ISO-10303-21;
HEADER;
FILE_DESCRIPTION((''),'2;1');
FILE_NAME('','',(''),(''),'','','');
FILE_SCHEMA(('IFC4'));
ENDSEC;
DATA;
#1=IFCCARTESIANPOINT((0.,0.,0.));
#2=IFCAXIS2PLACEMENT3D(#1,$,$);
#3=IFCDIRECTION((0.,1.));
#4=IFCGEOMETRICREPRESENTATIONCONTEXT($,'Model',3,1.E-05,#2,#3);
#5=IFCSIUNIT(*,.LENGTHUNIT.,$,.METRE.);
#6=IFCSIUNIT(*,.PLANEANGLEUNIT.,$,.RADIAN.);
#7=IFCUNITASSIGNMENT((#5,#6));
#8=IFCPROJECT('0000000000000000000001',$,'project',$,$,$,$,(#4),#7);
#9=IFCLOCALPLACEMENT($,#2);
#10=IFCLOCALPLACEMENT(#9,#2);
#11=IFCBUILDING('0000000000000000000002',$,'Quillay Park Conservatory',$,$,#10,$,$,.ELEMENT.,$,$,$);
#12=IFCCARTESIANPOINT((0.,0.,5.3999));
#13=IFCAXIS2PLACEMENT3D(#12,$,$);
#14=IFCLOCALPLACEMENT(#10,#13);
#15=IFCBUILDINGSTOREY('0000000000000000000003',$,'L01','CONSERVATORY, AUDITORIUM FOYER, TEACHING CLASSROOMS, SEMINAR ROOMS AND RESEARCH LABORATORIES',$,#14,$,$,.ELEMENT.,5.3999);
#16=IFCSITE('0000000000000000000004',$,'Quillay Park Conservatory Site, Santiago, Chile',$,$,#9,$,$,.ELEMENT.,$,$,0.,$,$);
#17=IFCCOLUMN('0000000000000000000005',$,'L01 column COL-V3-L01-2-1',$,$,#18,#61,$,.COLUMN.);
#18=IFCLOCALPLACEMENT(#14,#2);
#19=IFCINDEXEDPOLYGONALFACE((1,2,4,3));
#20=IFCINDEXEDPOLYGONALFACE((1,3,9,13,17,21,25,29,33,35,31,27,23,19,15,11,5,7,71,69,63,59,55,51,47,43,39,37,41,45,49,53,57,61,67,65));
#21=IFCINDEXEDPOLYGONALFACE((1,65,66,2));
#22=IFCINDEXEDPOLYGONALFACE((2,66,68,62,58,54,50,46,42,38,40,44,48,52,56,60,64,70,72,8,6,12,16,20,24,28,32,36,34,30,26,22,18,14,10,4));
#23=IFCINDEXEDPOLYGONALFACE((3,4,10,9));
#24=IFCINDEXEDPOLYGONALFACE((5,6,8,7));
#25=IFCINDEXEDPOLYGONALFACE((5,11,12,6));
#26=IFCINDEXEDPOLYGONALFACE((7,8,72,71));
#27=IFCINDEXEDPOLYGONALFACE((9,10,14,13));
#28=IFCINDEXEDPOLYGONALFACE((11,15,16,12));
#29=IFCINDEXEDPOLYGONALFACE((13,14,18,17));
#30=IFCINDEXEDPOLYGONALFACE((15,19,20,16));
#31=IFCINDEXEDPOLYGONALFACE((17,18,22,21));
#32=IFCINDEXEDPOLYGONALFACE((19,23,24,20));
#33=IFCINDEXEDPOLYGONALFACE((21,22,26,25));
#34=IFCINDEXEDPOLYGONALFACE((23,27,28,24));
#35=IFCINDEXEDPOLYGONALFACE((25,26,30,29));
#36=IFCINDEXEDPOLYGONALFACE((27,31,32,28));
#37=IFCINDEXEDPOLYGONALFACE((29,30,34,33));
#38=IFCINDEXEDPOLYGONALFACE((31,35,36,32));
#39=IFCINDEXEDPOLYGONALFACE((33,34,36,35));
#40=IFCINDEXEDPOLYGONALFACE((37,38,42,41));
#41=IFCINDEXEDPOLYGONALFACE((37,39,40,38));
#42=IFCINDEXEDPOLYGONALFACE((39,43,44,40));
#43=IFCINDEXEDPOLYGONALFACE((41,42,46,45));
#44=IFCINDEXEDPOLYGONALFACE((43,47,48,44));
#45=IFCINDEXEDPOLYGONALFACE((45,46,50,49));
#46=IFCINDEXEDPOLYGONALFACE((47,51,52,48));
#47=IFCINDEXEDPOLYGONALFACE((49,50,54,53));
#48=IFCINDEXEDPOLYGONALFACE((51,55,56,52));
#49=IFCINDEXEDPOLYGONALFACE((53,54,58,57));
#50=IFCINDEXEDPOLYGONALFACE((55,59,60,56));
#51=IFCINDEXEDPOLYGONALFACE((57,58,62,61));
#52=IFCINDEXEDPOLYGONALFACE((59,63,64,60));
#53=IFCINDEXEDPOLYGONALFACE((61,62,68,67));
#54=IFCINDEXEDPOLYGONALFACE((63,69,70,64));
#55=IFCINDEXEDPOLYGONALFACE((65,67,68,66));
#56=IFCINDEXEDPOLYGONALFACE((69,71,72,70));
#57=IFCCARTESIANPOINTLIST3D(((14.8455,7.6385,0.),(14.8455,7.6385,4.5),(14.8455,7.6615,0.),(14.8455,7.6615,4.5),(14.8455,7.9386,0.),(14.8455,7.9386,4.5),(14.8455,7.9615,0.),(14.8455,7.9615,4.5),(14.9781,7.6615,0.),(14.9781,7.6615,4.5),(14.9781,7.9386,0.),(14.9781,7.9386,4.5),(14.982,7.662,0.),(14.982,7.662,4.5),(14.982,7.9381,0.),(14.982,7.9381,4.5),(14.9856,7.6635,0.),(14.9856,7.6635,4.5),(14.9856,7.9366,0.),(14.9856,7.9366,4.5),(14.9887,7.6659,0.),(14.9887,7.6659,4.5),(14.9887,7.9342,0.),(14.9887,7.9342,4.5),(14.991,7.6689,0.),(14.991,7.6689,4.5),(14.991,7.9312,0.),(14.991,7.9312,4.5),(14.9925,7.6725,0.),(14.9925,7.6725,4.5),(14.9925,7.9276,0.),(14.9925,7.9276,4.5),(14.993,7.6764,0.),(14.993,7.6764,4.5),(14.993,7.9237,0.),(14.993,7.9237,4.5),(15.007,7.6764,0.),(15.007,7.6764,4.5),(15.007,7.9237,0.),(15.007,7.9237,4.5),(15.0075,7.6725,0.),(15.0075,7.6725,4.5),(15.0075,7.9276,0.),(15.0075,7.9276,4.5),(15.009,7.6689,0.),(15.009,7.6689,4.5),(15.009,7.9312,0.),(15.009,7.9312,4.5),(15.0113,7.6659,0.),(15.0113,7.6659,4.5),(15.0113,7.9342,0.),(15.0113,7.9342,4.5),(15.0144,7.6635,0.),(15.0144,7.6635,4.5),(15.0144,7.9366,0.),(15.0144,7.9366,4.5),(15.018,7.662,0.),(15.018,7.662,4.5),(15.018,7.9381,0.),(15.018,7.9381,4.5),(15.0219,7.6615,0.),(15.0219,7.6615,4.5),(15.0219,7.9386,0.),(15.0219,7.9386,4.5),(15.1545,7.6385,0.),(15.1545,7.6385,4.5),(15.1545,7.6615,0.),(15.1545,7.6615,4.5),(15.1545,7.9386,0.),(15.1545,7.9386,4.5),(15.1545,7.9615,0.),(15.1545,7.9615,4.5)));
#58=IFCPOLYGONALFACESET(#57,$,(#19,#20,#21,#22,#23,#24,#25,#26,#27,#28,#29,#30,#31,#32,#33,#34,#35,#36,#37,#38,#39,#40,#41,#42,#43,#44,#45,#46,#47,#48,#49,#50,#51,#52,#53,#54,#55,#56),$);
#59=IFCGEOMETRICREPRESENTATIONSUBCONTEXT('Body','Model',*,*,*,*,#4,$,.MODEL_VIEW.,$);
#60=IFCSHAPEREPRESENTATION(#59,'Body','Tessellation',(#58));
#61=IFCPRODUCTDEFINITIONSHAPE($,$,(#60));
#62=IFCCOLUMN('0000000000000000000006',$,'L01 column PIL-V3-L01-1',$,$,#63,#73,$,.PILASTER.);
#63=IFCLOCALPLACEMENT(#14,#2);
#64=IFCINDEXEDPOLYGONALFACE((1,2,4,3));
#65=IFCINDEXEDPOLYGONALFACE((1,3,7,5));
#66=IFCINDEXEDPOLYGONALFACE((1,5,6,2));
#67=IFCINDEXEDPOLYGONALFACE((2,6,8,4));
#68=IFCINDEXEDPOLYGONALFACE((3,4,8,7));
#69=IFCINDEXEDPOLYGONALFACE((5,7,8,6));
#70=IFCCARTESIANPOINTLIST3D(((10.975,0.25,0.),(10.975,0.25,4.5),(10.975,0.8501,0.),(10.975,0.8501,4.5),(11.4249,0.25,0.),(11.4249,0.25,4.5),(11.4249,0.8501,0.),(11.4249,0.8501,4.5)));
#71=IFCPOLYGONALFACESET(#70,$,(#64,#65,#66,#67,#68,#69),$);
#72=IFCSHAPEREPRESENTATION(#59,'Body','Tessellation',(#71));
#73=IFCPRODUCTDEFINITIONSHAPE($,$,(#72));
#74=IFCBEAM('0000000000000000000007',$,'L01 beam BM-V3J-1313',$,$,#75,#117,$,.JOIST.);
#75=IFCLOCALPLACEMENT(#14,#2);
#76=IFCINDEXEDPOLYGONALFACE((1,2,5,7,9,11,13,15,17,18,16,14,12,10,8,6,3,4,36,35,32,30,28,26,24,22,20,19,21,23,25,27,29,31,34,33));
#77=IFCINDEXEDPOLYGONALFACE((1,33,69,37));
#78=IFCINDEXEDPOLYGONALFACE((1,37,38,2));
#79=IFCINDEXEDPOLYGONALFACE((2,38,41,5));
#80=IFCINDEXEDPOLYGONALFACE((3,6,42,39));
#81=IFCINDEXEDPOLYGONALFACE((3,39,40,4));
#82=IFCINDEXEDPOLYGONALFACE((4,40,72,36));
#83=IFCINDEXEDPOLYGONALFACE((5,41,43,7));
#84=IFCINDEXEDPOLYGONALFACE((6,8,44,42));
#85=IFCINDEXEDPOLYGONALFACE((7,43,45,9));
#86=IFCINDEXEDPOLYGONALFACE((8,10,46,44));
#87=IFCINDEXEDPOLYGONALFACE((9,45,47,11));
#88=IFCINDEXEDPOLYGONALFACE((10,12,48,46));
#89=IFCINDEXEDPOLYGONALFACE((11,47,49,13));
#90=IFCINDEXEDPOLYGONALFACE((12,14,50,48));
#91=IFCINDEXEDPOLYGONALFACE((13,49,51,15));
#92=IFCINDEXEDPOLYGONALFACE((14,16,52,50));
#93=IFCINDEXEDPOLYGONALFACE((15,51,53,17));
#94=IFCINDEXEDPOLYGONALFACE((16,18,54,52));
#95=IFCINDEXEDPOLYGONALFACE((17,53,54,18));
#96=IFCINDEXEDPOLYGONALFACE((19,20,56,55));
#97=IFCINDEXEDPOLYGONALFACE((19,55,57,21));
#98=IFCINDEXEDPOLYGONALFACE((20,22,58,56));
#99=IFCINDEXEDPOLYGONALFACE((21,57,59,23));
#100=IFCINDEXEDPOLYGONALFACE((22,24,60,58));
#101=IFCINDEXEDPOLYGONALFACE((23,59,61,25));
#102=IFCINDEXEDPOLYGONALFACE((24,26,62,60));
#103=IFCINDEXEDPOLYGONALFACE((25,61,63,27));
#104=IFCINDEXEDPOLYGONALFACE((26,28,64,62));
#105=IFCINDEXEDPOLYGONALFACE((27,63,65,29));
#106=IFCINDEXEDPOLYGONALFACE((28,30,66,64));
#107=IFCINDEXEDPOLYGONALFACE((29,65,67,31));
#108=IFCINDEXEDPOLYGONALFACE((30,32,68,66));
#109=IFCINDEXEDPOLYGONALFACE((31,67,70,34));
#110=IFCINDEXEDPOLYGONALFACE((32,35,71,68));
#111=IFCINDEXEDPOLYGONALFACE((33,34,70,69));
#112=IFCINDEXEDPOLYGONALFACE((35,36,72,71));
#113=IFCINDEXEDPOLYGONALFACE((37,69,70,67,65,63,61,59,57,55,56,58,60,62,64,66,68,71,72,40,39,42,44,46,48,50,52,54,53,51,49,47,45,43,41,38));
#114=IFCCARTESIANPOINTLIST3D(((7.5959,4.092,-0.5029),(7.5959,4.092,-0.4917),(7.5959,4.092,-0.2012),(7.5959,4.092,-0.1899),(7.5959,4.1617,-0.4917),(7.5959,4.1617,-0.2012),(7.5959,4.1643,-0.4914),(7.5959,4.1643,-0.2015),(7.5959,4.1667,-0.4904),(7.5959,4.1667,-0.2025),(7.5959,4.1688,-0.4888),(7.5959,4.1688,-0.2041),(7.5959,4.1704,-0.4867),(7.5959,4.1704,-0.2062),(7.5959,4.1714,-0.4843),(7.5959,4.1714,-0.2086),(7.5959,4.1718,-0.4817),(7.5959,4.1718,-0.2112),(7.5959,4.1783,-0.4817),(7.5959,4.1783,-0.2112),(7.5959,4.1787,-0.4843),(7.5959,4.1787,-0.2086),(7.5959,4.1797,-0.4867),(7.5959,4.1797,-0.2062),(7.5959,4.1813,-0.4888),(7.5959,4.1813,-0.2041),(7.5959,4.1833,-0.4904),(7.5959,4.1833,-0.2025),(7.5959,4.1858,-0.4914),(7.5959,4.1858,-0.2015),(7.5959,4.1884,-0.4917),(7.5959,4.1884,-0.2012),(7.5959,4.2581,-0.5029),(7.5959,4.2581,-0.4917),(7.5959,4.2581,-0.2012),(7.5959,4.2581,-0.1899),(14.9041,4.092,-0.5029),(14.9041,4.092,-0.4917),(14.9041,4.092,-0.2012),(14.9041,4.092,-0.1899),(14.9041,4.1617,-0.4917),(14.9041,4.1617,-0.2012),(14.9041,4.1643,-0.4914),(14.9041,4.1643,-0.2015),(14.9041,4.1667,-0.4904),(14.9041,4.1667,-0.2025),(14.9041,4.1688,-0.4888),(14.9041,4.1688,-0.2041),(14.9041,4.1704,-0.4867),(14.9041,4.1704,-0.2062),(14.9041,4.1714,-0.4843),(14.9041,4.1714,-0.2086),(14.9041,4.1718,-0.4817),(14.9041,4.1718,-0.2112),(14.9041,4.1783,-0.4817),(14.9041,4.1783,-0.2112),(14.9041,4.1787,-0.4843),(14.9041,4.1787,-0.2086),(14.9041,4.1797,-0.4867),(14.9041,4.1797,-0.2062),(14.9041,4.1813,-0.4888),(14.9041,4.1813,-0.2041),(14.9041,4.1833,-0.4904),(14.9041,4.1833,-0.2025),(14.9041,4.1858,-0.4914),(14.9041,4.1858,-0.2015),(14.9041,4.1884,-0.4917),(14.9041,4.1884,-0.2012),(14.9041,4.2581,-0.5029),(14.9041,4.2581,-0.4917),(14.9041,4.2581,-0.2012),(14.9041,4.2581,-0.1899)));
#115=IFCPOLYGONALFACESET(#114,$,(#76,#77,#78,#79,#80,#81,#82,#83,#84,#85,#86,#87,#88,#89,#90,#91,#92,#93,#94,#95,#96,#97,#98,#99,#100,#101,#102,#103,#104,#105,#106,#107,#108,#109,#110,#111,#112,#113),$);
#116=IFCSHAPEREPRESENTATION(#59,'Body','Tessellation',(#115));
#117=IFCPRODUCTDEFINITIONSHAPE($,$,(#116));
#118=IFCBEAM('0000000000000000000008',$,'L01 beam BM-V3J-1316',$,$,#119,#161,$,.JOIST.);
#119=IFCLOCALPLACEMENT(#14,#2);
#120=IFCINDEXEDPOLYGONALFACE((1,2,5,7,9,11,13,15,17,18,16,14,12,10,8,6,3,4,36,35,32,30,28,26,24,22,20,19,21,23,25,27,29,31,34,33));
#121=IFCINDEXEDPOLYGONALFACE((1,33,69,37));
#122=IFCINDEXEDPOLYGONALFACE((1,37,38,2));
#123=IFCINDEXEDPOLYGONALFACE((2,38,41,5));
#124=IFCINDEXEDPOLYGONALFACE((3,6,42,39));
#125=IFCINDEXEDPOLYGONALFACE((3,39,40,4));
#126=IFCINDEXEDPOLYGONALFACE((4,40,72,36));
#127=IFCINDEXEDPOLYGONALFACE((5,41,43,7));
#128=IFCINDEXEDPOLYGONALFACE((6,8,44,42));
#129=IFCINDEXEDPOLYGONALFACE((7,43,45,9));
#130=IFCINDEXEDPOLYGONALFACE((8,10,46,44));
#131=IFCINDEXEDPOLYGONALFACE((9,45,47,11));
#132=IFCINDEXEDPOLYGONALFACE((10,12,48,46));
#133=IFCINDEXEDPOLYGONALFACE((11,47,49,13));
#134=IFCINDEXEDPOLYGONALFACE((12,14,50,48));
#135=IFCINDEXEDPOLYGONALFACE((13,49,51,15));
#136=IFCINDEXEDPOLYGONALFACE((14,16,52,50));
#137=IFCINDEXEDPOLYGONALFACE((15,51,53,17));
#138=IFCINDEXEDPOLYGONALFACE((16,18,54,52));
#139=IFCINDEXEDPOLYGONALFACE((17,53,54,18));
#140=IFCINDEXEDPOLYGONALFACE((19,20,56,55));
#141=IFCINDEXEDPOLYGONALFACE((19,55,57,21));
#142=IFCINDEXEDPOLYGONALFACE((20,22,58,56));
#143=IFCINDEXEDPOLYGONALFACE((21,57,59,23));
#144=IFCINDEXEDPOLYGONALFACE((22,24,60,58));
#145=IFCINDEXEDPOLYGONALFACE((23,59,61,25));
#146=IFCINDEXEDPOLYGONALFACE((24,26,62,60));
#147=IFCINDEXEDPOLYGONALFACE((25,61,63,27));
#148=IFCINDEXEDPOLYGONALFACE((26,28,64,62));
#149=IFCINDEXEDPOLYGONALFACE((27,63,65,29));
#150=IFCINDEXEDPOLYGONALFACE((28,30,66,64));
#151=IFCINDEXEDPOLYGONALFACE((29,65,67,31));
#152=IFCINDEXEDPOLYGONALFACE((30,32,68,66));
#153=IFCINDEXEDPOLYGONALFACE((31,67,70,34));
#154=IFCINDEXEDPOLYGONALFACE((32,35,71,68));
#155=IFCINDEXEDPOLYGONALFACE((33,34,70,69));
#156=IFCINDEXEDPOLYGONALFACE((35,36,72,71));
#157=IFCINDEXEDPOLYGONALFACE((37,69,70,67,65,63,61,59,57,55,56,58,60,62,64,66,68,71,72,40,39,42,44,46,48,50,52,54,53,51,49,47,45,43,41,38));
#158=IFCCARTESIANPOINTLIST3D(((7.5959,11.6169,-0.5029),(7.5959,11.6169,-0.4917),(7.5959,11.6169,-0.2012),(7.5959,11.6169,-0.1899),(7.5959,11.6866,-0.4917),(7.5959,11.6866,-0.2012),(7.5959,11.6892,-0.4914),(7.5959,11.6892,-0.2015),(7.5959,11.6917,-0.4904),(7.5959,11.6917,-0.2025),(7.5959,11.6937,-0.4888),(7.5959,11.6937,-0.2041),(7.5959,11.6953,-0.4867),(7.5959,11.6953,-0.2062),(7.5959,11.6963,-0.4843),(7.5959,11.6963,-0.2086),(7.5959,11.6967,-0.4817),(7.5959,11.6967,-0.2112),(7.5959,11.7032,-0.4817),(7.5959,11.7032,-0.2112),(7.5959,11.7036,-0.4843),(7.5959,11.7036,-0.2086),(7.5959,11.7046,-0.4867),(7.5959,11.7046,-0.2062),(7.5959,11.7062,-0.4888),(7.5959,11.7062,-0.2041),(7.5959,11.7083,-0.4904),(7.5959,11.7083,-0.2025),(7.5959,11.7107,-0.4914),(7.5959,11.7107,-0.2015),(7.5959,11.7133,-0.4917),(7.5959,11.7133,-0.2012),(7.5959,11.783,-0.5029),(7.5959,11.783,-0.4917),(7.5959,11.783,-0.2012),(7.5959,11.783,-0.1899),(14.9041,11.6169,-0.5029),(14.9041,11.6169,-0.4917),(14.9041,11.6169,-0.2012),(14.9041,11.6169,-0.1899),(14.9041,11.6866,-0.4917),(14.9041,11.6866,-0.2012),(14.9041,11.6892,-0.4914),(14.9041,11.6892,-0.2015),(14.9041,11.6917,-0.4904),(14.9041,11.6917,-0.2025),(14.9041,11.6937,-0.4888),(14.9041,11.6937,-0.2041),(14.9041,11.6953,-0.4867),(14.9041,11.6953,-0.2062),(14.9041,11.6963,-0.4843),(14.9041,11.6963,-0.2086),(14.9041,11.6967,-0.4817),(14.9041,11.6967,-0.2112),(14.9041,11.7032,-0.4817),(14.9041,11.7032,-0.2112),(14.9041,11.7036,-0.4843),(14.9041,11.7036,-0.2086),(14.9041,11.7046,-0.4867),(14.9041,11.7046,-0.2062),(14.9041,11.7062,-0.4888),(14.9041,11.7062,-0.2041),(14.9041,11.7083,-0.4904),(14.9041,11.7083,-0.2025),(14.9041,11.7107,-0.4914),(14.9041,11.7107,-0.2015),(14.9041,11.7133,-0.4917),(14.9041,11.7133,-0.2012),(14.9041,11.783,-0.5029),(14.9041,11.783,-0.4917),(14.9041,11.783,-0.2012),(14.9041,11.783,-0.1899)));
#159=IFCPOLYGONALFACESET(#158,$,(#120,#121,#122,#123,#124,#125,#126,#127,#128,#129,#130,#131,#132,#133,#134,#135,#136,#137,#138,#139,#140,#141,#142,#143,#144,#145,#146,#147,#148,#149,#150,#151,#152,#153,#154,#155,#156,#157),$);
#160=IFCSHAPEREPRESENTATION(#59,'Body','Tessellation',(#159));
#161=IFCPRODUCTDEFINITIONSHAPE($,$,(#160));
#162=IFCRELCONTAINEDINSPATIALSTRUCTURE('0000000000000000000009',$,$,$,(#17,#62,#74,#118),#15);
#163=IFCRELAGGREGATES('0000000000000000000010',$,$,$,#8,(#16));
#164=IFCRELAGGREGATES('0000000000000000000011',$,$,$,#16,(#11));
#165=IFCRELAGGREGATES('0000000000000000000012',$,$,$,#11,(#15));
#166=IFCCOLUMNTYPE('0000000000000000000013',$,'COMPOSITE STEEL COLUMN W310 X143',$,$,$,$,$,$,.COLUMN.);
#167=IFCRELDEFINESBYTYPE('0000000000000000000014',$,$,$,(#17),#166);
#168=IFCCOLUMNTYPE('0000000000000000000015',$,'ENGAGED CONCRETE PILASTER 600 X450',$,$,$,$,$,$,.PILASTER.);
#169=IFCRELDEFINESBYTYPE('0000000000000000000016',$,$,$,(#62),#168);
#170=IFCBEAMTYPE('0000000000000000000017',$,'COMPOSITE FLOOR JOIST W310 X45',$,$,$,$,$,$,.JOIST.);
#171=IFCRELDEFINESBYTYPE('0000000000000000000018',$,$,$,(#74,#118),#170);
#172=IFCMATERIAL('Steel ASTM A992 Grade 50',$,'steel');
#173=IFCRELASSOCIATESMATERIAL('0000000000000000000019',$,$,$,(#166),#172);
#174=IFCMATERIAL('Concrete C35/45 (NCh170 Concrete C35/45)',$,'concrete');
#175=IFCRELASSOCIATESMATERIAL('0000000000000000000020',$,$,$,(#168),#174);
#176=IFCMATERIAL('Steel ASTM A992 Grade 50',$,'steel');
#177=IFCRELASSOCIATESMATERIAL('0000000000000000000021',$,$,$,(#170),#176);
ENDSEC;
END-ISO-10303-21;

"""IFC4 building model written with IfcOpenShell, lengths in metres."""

from ifc_helpers import new_model, si_unit, direction, frame, origin, origin_2d, place, context, subcontext, project, spatial, rectangle, i_section, extrude, material, material_profile, profile_set, type_object, element, save


model = new_model("IFC4")

# Units and contexts
model_context = context("Model", 3, precision=1e-05, world=origin(), true_north=direction((0.0, 1.0)))
body_context = subcontext(model_context, "Body", "Model", "MODEL_VIEW")
ifc_project = project(units=[si_unit("LENGTHUNIT", "METRE"), si_unit("PLANEANGLEUNIT", "RADIAN")], contexts=[model_context])

# Site, building, storey
site_placement = place(None, origin())
site = spatial("IfcSite", under=ifc_project, at=site_placement, Name="Quillay Park Conservatory Site, Santiago, Chile", CompositionType="ELEMENT", RefElevation=0.0)
building_placement = place(site_placement, origin())
building = spatial("IfcBuilding", under=site, at=building_placement, Name="Quillay Park Conservatory", CompositionType="ELEMENT")
storey_placement = place(building_placement, frame((0.0, 0.0, 5.3999)))
storey = spatial("IfcBuildingStorey", under=building, at=storey_placement, Name="L01", Description="CONSERVATORY, AUDITORIUM FOYER, TEACHING CLASSROOMS, SEMINAR ROOMS AND RESEARCH LABORATORIES", CompositionType="ELEMENT", Elevation=5.3999)

# Columns
ifc_material_1 = material(Name="Steel ASTM A992 Grade 50", Category="steel")
ifc_material_profile_1 = material_profile(ifc_material_1, i_section(OverallWidth=0.3091, OverallDepth=0.323, WebThickness=0.0139, FlangeThickness=0.0229, FilletRadius=0.0149, at=origin_2d()), Name="W310x143")
ifc_profile_set_1 = profile_set([ifc_material_profile_1], Name="Steel ASTM A992 Grade 50")
column_type_1 = type_object("IfcColumnType", Name="COMPOSITE STEEL COLUMN W310 X143", PredefinedType="COLUMN", material=ifc_profile_set_1)
for number, where, z_axis, x_axis, name in (
    (1, (15.0, 7.8, 0.0), (0.0, 0.0, 1.0), (1.0, 0.0, 0.0), "L01 column COL-V3-L01-2-1"),
):
    element("IfcColumn", number, at=place(storey_placement, frame(where, z_axis=z_axis, x_axis=x_axis)), inside=storey, type_object=column_type_1, Name=name, PredefinedType="COLUMN", context=body_context, shape_type="SweptSolid", body=[
        extrude(i_section(OverallWidth=0.3091, OverallDepth=0.323, WebThickness=0.0139, FlangeThickness=0.0229, FilletRadius=0.0149, at=origin_2d()), origin(), (0.0, 0.0, 1.0), 4.5),
    ])
ifc_material_2 = material(Name="Concrete C35/45 (NCh170 Concrete C35/45)", Category="concrete")
ifc_material_profile_2 = material_profile(ifc_material_2, rectangle(XDim=0.45, YDim=0.6001, at=origin_2d()), Name="RC600x450")
ifc_profile_set_2 = profile_set([ifc_material_profile_2], Name="Concrete C35/45 (NCh170 Concrete C35/45)")
column_type_2 = type_object("IfcColumnType", Name="ENGAGED CONCRETE PILASTER 600 X450", PredefinedType="PILASTER", material=ifc_profile_set_2)
column_placement = place(storey_placement, frame((11.2, 0.55, 0.0), z_axis=(0.0, 0.0, 1.0), x_axis=(1.0, 0.0, 0.0)))
element("IfcColumn", 2, at=column_placement, inside=storey, type_object=column_type_2, Name="L01 column PIL-V3-L01-1", PredefinedType="PILASTER", context=body_context, shape_type="SweptSolid", body=[
    extrude(rectangle(XDim=0.45, YDim=0.6001, at=origin_2d()), origin(), (0.0, 0.0, 1.0), 4.5),
])

# Beams
ifc_material_3 = material(Name="Steel ASTM A992 Grade 50", Category="steel")
ifc_material_profile_3 = material_profile(ifc_material_3, i_section(OverallWidth=0.166, OverallDepth=0.313, WebThickness=0.0066, FlangeThickness=0.0112, FilletRadius=0.01, at=origin_2d()), Name="W310x45")
ifc_profile_set_3 = profile_set([ifc_material_profile_3], Name="Steel ASTM A992 Grade 50")
beam_type_1 = type_object("IfcBeamType", Name="COMPOSITE FLOOR JOIST W310 X45", PredefinedType="JOIST", material=ifc_profile_set_3)
for number, where, z_axis, x_axis, name in (
    (3, (7.5959, 4.175, -0.3464), (1.0, 0.0, 0.0), (0.0, 1.0, 0.0), "L01 beam BM-V3J-1313"),
    (4, (7.5959, 11.7, -0.3464), (1.0, 0.0, 0.0), (0.0, 1.0, 0.0), "L01 beam BM-V3J-1316"),
):
    element("IfcBeam", number, at=place(storey_placement, frame(where, z_axis=z_axis, x_axis=x_axis)), inside=storey, type_object=beam_type_1, Name=name, PredefinedType="JOIST", context=body_context, shape_type="SweptSolid", body=[
        extrude(i_section(OverallWidth=0.166, OverallDepth=0.313, WebThickness=0.0066, FlangeThickness=0.0112, FilletRadius=0.01, at=origin_2d()), origin(), (0.0, 0.0, 1.0), 7.3081),
    ])

save(model, "model.ifc")
